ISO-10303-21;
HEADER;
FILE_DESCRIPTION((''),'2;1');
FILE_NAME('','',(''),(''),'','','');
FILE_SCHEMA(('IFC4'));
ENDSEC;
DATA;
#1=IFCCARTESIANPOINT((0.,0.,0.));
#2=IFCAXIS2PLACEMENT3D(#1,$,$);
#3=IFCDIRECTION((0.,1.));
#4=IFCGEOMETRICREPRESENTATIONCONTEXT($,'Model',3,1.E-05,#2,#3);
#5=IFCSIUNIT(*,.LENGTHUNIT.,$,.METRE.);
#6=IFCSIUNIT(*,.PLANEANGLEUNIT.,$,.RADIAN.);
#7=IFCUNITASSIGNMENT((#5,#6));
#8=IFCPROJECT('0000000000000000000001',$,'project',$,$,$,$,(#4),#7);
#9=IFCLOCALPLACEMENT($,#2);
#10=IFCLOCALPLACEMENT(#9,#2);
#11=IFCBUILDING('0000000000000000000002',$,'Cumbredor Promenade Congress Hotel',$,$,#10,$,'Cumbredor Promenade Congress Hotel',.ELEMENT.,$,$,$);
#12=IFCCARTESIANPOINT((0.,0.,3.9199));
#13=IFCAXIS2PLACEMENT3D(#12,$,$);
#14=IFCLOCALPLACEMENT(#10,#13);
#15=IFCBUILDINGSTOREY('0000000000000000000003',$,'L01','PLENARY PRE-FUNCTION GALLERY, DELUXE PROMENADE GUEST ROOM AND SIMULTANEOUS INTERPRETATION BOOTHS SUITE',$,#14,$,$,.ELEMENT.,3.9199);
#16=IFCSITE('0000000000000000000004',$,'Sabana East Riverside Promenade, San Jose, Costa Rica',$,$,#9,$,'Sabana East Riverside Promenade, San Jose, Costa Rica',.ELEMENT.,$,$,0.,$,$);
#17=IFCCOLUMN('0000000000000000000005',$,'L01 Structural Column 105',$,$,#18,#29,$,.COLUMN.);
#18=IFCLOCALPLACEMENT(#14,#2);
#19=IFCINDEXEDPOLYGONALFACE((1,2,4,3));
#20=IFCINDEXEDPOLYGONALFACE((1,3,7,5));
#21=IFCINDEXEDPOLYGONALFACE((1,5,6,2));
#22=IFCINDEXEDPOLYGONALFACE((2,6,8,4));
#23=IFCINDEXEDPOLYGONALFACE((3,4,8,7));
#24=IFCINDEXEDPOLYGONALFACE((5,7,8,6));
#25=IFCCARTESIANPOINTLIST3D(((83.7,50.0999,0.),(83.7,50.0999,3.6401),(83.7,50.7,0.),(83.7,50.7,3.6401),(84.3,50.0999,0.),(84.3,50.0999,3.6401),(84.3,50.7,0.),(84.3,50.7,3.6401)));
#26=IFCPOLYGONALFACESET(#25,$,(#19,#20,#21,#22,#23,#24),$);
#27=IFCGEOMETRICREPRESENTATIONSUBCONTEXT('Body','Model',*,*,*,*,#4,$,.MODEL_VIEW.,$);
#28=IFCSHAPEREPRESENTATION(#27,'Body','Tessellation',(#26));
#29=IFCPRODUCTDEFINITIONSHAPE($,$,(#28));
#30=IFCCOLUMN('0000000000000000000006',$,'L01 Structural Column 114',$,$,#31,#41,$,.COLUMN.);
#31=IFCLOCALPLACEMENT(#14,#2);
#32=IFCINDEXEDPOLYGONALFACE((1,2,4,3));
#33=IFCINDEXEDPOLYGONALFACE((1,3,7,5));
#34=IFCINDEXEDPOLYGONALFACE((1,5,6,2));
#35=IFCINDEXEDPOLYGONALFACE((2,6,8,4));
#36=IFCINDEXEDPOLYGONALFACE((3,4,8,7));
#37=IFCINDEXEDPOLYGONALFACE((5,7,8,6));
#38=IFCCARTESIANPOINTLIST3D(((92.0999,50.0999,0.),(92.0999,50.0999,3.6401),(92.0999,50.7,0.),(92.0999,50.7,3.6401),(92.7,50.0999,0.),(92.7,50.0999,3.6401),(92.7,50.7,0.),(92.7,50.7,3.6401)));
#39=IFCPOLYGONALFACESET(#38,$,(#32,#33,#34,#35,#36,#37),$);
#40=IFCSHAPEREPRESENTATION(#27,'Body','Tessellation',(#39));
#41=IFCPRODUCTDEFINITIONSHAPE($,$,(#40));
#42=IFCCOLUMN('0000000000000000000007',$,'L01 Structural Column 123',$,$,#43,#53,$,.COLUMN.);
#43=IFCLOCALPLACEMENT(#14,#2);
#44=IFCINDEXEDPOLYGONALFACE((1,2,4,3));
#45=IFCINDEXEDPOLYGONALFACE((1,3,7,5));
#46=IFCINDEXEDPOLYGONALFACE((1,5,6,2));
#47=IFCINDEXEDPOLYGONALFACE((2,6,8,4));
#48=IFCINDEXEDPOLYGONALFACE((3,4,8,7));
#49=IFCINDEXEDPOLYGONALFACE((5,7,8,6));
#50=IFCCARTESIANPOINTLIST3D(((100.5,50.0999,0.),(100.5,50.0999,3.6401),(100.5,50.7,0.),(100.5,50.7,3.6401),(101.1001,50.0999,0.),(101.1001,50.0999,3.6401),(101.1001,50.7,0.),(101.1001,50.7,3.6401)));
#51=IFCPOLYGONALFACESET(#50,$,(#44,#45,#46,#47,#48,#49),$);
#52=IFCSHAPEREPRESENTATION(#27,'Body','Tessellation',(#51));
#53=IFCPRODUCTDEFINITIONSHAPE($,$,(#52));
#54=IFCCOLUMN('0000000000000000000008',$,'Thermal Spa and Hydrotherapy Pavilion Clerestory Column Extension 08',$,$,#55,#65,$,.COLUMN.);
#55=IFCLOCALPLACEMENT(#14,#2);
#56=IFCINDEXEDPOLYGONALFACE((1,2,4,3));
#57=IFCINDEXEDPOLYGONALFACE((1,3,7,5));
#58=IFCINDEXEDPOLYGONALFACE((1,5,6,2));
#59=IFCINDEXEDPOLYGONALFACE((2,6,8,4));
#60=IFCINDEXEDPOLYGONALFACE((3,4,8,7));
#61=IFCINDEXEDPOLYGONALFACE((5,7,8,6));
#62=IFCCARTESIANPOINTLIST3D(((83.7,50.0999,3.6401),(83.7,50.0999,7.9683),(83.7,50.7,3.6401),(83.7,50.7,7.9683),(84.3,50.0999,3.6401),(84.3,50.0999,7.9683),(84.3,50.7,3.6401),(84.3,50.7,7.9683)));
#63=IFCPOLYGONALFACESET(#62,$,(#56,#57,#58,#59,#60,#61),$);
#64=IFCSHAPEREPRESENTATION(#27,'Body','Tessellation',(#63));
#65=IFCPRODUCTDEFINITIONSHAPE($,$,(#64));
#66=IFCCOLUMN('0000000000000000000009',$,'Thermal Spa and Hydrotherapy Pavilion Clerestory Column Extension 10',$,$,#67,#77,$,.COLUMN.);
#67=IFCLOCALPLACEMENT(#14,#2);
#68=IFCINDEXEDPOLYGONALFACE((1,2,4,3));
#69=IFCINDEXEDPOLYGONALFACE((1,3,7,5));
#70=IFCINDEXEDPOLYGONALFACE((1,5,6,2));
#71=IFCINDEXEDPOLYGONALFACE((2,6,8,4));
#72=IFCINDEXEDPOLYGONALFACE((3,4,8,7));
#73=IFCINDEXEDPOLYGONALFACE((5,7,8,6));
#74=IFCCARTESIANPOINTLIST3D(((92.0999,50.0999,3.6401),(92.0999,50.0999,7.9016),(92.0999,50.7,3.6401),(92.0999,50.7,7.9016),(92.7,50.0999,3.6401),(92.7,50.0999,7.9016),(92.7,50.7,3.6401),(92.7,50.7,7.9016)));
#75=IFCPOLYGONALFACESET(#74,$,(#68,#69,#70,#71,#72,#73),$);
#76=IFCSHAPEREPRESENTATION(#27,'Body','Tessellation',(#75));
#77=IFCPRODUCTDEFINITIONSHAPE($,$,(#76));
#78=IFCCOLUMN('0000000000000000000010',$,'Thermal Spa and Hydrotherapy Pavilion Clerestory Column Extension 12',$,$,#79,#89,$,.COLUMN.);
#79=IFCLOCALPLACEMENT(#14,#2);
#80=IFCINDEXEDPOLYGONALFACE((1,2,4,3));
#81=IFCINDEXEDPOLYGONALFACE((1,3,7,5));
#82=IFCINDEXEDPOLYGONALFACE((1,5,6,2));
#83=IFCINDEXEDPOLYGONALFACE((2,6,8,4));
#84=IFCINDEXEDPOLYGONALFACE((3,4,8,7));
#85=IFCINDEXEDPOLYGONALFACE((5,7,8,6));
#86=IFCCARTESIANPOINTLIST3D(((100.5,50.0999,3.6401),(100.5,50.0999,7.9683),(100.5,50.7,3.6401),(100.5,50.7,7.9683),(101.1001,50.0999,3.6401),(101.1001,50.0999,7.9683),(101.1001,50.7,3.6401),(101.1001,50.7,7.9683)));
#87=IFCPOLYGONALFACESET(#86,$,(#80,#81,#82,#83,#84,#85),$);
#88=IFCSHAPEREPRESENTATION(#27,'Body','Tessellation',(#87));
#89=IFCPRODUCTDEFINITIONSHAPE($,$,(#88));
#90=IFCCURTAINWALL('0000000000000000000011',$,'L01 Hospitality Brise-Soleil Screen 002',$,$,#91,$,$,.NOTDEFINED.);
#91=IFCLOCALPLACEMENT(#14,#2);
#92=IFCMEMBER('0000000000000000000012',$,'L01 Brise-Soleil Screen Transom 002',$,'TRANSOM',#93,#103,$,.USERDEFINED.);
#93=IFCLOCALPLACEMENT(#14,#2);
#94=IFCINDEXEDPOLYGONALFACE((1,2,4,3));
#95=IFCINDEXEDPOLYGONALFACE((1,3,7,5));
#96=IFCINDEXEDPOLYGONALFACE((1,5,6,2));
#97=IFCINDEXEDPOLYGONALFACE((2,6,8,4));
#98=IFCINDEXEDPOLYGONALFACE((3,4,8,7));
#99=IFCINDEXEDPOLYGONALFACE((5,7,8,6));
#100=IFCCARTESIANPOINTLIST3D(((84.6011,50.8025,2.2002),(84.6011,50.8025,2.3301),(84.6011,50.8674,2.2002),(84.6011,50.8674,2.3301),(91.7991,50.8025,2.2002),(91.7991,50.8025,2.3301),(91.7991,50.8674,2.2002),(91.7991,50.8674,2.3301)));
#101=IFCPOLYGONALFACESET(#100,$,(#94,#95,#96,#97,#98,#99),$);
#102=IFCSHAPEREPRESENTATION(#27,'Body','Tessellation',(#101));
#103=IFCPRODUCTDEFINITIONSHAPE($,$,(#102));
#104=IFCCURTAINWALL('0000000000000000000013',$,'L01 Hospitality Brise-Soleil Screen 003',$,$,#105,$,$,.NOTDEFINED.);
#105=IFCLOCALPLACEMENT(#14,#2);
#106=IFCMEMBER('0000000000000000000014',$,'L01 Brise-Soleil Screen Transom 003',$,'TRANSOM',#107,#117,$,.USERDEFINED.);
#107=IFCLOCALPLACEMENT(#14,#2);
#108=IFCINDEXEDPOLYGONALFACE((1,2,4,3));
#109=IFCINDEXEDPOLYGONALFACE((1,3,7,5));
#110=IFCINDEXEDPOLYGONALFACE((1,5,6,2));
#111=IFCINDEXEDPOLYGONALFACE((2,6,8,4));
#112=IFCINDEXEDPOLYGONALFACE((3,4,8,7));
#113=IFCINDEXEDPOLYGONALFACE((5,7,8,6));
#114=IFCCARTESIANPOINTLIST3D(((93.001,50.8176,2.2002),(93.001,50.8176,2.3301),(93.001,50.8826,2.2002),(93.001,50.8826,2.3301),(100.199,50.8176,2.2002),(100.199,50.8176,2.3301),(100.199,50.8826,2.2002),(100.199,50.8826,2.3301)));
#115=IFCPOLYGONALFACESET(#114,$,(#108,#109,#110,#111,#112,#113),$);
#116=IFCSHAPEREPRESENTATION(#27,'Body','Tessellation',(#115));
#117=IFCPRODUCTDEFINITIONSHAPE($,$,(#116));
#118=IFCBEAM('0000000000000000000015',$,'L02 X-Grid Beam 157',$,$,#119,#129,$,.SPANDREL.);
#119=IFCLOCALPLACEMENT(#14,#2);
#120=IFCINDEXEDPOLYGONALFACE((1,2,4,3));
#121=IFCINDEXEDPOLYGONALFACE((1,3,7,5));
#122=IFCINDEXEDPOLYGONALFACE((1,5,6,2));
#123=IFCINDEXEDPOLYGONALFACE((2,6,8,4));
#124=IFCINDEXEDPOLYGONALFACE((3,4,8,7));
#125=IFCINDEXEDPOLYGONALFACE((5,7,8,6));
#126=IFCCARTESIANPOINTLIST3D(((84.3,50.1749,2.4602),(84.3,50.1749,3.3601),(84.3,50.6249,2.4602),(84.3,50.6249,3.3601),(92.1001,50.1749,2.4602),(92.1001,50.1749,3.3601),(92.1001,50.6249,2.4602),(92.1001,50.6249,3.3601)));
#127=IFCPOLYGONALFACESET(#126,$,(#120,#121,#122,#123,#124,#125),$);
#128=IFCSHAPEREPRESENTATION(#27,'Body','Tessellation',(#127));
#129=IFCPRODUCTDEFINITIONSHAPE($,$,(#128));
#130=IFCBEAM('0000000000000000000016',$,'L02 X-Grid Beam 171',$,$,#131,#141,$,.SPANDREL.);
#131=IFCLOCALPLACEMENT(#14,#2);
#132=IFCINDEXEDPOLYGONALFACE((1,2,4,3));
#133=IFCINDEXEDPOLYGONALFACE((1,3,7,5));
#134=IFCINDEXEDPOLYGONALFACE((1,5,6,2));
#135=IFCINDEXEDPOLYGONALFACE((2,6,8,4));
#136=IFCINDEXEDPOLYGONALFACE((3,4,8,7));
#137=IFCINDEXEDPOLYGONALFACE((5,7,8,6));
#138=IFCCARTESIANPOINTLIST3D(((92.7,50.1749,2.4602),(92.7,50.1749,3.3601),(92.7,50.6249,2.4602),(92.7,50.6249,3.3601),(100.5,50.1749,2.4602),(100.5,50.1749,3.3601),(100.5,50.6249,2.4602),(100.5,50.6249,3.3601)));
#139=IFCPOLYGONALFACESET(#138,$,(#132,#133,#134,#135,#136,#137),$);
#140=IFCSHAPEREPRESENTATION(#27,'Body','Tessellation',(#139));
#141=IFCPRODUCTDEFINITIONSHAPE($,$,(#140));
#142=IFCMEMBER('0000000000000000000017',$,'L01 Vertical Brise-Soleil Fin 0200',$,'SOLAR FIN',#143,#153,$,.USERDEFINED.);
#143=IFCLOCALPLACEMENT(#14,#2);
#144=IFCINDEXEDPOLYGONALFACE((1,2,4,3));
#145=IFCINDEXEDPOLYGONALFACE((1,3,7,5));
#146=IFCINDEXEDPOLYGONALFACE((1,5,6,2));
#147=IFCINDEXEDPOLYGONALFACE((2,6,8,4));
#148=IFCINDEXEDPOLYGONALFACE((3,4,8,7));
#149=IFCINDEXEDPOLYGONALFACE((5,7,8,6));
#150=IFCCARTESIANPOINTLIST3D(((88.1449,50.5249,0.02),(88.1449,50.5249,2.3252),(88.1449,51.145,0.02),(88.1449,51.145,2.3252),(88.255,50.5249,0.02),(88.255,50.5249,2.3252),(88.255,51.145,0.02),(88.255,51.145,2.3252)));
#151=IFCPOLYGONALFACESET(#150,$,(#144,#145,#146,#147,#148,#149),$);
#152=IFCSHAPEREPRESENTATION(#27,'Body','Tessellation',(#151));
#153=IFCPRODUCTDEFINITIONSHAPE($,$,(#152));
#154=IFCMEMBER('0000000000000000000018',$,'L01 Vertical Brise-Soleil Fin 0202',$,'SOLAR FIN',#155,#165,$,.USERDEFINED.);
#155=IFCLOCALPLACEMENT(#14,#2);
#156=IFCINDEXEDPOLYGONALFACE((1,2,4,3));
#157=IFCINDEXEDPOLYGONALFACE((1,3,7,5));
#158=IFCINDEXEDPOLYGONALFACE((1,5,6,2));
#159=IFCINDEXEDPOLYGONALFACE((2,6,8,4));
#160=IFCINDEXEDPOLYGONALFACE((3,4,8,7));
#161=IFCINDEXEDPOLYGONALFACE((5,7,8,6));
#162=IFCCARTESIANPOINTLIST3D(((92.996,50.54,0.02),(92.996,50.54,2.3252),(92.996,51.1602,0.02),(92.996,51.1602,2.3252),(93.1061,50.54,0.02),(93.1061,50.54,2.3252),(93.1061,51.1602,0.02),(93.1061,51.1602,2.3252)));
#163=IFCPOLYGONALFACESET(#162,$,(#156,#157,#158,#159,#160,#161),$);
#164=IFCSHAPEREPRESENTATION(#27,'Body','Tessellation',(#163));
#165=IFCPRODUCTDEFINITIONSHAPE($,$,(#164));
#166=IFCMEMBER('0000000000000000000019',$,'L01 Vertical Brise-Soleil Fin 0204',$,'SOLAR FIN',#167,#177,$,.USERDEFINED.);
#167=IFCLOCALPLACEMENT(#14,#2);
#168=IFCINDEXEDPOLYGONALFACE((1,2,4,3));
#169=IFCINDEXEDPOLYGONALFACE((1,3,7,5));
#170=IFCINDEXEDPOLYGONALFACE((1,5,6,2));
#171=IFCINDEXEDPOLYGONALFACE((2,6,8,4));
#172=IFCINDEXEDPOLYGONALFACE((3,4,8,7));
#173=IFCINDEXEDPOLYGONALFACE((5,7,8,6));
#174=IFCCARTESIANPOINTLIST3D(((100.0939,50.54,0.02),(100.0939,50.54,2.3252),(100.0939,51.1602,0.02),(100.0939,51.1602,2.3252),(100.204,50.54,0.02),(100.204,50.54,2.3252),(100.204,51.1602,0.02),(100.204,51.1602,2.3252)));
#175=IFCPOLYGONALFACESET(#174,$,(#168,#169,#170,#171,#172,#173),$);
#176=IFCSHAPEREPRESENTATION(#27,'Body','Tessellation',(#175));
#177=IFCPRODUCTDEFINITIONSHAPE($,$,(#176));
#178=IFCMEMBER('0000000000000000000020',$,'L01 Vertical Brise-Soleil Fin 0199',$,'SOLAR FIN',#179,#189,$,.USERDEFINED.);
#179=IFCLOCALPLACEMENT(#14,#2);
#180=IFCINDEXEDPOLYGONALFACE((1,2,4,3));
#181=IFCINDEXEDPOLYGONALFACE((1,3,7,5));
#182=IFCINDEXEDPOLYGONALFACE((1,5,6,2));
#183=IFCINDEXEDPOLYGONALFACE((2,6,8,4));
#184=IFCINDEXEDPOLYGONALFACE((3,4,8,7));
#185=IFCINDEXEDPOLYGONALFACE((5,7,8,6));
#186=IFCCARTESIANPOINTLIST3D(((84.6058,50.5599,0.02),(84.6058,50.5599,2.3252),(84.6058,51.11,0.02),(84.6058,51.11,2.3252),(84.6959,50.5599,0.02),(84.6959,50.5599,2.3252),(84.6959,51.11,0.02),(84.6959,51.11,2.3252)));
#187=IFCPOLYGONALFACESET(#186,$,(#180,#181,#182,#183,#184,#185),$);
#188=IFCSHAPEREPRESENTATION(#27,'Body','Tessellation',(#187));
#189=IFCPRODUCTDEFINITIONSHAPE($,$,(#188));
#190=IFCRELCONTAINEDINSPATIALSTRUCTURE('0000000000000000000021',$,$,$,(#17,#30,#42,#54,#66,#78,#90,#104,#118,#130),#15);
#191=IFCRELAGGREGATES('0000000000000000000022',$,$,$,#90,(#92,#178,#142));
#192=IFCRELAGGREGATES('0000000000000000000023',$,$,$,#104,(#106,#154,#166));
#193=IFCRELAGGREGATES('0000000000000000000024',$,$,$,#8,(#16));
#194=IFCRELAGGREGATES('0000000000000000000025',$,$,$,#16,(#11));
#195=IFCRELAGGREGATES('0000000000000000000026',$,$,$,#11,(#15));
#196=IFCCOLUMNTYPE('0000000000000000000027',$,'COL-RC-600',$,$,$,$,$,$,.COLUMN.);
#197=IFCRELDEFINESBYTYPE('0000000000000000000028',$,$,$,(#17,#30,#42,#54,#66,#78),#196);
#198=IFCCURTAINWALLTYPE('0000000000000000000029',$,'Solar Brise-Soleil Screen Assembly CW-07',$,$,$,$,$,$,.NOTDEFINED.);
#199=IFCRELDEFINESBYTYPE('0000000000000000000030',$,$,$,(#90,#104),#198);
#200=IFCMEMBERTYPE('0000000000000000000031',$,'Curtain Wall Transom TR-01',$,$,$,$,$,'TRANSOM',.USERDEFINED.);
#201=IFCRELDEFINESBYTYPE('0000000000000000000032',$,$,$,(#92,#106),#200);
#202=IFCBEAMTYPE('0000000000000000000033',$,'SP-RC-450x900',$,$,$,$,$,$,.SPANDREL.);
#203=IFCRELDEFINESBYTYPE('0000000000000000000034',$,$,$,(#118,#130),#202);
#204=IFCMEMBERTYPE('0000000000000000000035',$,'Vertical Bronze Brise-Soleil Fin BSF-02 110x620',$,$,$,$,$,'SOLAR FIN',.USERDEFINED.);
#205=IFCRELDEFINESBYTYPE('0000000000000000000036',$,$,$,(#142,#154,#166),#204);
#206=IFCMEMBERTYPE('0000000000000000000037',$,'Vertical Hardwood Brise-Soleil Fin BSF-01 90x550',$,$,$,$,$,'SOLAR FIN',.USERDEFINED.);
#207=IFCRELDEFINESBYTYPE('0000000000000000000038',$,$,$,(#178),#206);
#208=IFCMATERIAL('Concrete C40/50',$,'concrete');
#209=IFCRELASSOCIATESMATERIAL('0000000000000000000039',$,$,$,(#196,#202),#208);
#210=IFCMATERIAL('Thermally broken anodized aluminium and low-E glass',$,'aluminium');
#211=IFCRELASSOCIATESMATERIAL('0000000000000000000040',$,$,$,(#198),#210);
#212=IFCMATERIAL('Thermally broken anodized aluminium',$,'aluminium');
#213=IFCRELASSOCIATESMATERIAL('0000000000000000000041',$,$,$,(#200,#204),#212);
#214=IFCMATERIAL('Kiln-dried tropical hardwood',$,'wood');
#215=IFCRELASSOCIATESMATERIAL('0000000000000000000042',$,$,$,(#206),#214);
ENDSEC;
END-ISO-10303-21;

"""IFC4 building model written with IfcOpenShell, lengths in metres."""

from ifc_helpers import new_model, si_unit, direction, frame, origin, origin_2d, place, context, subcontext, project, spatial, rectangle, extrude, material, material_profile, profile_set, type_object, element, aggregate, save


model = new_model("IFC4")

# Units and contexts
model_context = context("Model", 3, precision=1e-05, world=origin(), true_north=direction((0.0, 1.0)))
body_context = subcontext(model_context, "Body", "Model", "MODEL_VIEW")
ifc_project = project(units=[si_unit("LENGTHUNIT", "METRE"), si_unit("PLANEANGLEUNIT", "RADIAN")], contexts=[model_context])

# Site, building, storey
site_placement = place(None, origin())
site = spatial("IfcSite", under=ifc_project, at=site_placement, Name="Sabana East Riverside Promenade, San Jose, Costa Rica", LongName="Sabana East Riverside Promenade, San Jose, Costa Rica", CompositionType="ELEMENT", RefElevation=0.0)
building_placement = place(site_placement, origin())
building = spatial("IfcBuilding", under=site, at=building_placement, Name="Cumbredor Promenade Congress Hotel", LongName="Cumbredor Promenade Congress Hotel", CompositionType="ELEMENT")
storey_placement = place(building_placement, frame((0.0, 0.0, 3.9199)))
storey = spatial("IfcBuildingStorey", under=building, at=storey_placement, Name="L01", Description="PLENARY PRE-FUNCTION GALLERY, DELUXE PROMENADE GUEST ROOM AND SIMULTANEOUS INTERPRETATION BOOTHS SUITE", CompositionType="ELEMENT", Elevation=3.9199)

# Columns
ifc_material_1 = material(Name="Concrete C40/50", Category="concrete")
ifc_material_profile_1 = material_profile(ifc_material_1, rectangle(XDim=0.6001, YDim=0.6001, at=origin_2d()), Name="RC 600x600")
ifc_profile_set_1 = profile_set([ifc_material_profile_1], Name="Concrete C40/50")
column_type = type_object("IfcColumnType", Name="COL-RC-600", PredefinedType="COLUMN", material=ifc_profile_set_1)
for number, where, z_axis, x_axis, name in (
    (1, (84.0, 50.3999, 0.0), (0.0, 0.0, 1.0), (1.0, 0.0, 0.0), "L01 Structural Column 105"),
    (2, (92.3999, 50.3999, 0.0), (0.0, 0.0, 1.0), (1.0, 0.0, 0.0), "L01 Structural Column 114"),
    (3, (100.8, 50.3999, 0.0), (0.0, 0.0, 1.0), (1.0, 0.0, 0.0), "L01 Structural Column 123"),
):
    element("IfcColumn", number, at=place(storey_placement, frame(where, z_axis=z_axis, x_axis=x_axis)), inside=storey, type_object=column_type, Name=name, PredefinedType="COLUMN", context=body_context, shape_type="SweptSolid", body=[
        extrude(rectangle(XDim=0.6001, YDim=0.6001, at=origin_2d()), origin(), (0.0, 0.0, 1.0), 3.6401),
    ])
column_1_placement = place(storey_placement, frame((84.0, 50.3999, 3.6401), z_axis=(0.0, 0.0, 1.0), x_axis=(1.0, 0.0, 0.0)))
element("IfcColumn", 4, at=column_1_placement, inside=storey, type_object=column_type, Name="Thermal Spa and Hydrotherapy Pavilion Clerestory Column Extension 08", PredefinedType="COLUMN", context=body_context, shape_type="SweptSolid", body=[
    extrude(rectangle(XDim=0.6001, YDim=0.6001, at=origin_2d()), origin(), (0.0, 0.0, 1.0), 4.3281),
])
column_2_placement = place(storey_placement, frame((92.3999, 50.3999, 3.6401), z_axis=(0.0, 0.0, 1.0), x_axis=(1.0, 0.0, 0.0)))
element("IfcColumn", 5, at=column_2_placement, inside=storey, type_object=column_type, Name="Thermal Spa and Hydrotherapy Pavilion Clerestory Column Extension 10", PredefinedType="COLUMN", context=body_context, shape_type="SweptSolid", body=[
    extrude(rectangle(XDim=0.6001, YDim=0.6001, at=origin_2d()), origin(), (0.0, 0.0, 1.0), 4.2615),
])
column_3_placement = place(storey_placement, frame((100.8, 50.3999, 3.6401), z_axis=(0.0, 0.0, 1.0), x_axis=(1.0, 0.0, 0.0)))
element("IfcColumn", 6, at=column_3_placement, inside=storey, type_object=column_type, Name="Thermal Spa and Hydrotherapy Pavilion Clerestory Column Extension 12", PredefinedType="COLUMN", context=body_context, shape_type="SweptSolid", body=[
    extrude(rectangle(XDim=0.6001, YDim=0.6001, at=origin_2d()), origin(), (0.0, 0.0, 1.0), 4.3281),
])

# Curtain walls, members
ifc_material_2 = material(Name="Thermally broken anodized aluminium and low-E glass", Category="aluminium")
curtain_wall_type = type_object("IfcCurtainWallType", Name="Solar Brise-Soleil Screen Assembly CW-07", PredefinedType="NOTDEFINED", material=ifc_material_2)
curtain_wall_1_placement = place(storey_placement, origin())
curtain_wall_1 = element("IfcCurtainWall", 7, at=curtain_wall_1_placement, inside=storey, type_object=curtain_wall_type, Name="L01 Hospitality Brise-Soleil Screen 002", PredefinedType="NOTDEFINED")
ifc_material_3 = material(Name="Thermally broken anodized aluminium", Category="aluminium")
ifc_material_profile_2 = material_profile(ifc_material_3, rectangle(XDim=0.0649, YDim=0.1299, at=origin_2d()), Name="ALU TRANSOM 65x130")
ifc_profile_set_2 = profile_set([ifc_material_profile_2], Name="Thermally broken anodized aluminium")
member_type_1 = type_object("IfcMemberType", Name="Curtain Wall Transom TR-01", ElementType="TRANSOM", PredefinedType="USERDEFINED", material=ifc_profile_set_2)
member_1_placement = place(storey_placement, frame((84.6011, 50.835, 2.2651), z_axis=(1.0, 0.0, 0.0), x_axis=(0.0, 1.0, 0.0)))
member_1 = element("IfcMember", 8, at=member_1_placement, type_object=member_type_1, Name="L01 Brise-Soleil Screen Transom 002", ObjectType="TRANSOM", PredefinedType="USERDEFINED", context=body_context, shape_type="SweptSolid", body=[
    extrude(rectangle(XDim=0.0649, YDim=0.1299, at=origin_2d()), origin(), (0.0, 0.0, 1.0), 7.198),
])
curtain_wall_2_placement = place(storey_placement, origin())
curtain_wall_2 = element("IfcCurtainWall", 9, at=curtain_wall_2_placement, inside=storey, type_object=curtain_wall_type, Name="L01 Hospitality Brise-Soleil Screen 003", PredefinedType="NOTDEFINED")
member_2_placement = place(storey_placement, frame((93.001, 50.8501, 2.2651), z_axis=(1.0, 0.0, 0.0), x_axis=(0.0, 1.0, 0.0)))
member_2 = element("IfcMember", 10, at=member_2_placement, type_object=member_type_1, Name="L01 Brise-Soleil Screen Transom 003", ObjectType="TRANSOM", PredefinedType="USERDEFINED", context=body_context, shape_type="SweptSolid", body=[
    extrude(rectangle(XDim=0.0649, YDim=0.1299, at=origin_2d()), origin(), (0.0, 0.0, 1.0), 7.198),
])

# Beams
ifc_material_profile_3 = material_profile(ifc_material_1, rectangle(XDim=0.45, YDim=0.8999, at=origin_2d()), Name="RC SPANDREL 450x900")
ifc_profile_set_3 = profile_set([ifc_material_profile_3], Name="Concrete C40/50")
beam_type = type_object("IfcBeamType", Name="SP-RC-450x900", PredefinedType="SPANDREL", material=ifc_profile_set_3)
for number, where, z_axis, x_axis, name in (
    (11, (84.3, 50.3999, 2.9102), (1.0, 0.0, 0.0), (0.0, 1.0, 0.0), "L02 X-Grid Beam 157"),
    (12, (92.7, 50.3999, 2.9102), (1.0, 0.0, 0.0), (0.0, 1.0, 0.0), "L02 X-Grid Beam 171"),
):
    element("IfcBeam", number, at=place(storey_placement, frame(where, z_axis=z_axis, x_axis=x_axis)), inside=storey, type_object=beam_type, Name=name, PredefinedType="SPANDREL", context=body_context, shape_type="SweptSolid", body=[
        extrude(rectangle(XDim=0.45, YDim=0.8999, at=origin_2d()), origin(), (0.0, 0.0, 1.0), 7.8),
    ])

# Members
ifc_material_profile_4 = material_profile(ifc_material_3, rectangle(XDim=0.1101, YDim=0.6201, at=origin_2d()), Name="ARCH FIN 110x620")
ifc_profile_set_4 = profile_set([ifc_material_profile_4], Name="Thermally broken anodized aluminium")
member_type_2 = type_object("IfcMemberType", Name="Vertical Bronze Brise-Soleil Fin BSF-02 110x620", ElementType="SOLAR FIN", PredefinedType="USERDEFINED", material=ifc_profile_set_4)
member_3_placement = place(storey_placement, frame((88.2, 50.835, 0.02), z_axis=(0.0, 0.0, 1.0), x_axis=(1.0, 0.0, 0.0)))
member_3 = element("IfcMember", 13, at=member_3_placement, type_object=member_type_2, Name="L01 Vertical Brise-Soleil Fin 0200", ObjectType="SOLAR FIN", PredefinedType="USERDEFINED", context=body_context, shape_type="SweptSolid", body=[
    extrude(rectangle(XDim=0.1101, YDim=0.6201, at=origin_2d()), origin(), (0.0, 0.0, 1.0), 2.3052),
])
member_4_placement = place(storey_placement, frame((93.051, 50.8501, 0.02), z_axis=(0.0, 0.0, 1.0), x_axis=(1.0, 0.0, 0.0)))
member_4 = element("IfcMember", 14, at=member_4_placement, type_object=member_type_2, Name="L01 Vertical Brise-Soleil Fin 0202", ObjectType="SOLAR FIN", PredefinedType="USERDEFINED", context=body_context, shape_type="SweptSolid", body=[
    extrude(rectangle(XDim=0.1101, YDim=0.6201, at=origin_2d()), origin(), (0.0, 0.0, 1.0), 2.3052),
])
member_5_placement = place(storey_placement, frame((100.1489, 50.8501, 0.02), z_axis=(0.0, 0.0, 1.0), x_axis=(1.0, 0.0, 0.0)))
member_5 = element("IfcMember", 15, at=member_5_placement, type_object=member_type_2, Name="L01 Vertical Brise-Soleil Fin 0204", ObjectType="SOLAR FIN", PredefinedType="USERDEFINED", context=body_context, shape_type="SweptSolid", body=[
    extrude(rectangle(XDim=0.1101, YDim=0.6201, at=origin_2d()), origin(), (0.0, 0.0, 1.0), 2.3052),
])
ifc_material_4 = material(Name="Kiln-dried tropical hardwood", Category="wood")
ifc_material_profile_5 = material_profile(ifc_material_4, rectangle(XDim=0.0901, YDim=0.55, at=origin_2d()), Name="ARCH FIN 90x550")
ifc_profile_set_5 = profile_set([ifc_material_profile_5], Name="Kiln-dried tropical hardwood")
member_type_3 = type_object("IfcMemberType", Name="Vertical Hardwood Brise-Soleil Fin BSF-01 90x550", ElementType="SOLAR FIN", PredefinedType="USERDEFINED", material=ifc_profile_set_5)
member_6_placement = place(storey_placement, frame((84.6509, 50.835, 0.02), z_axis=(0.0, 0.0, 1.0), x_axis=(1.0, 0.0, 0.0)))
member_6 = element("IfcMember", 16, at=member_6_placement, type_object=member_type_3, Name="L01 Vertical Brise-Soleil Fin 0199", ObjectType="SOLAR FIN", PredefinedType="USERDEFINED", context=body_context, shape_type="SweptSolid", body=[
    extrude(rectangle(XDim=0.0901, YDim=0.55, at=origin_2d()), origin(), (0.0, 0.0, 1.0), 2.3052),
])

aggregate(curtain_wall_1, [member_1, member_6, member_3])
aggregate(curtain_wall_2, [member_2, member_4, member_5])

save(model, "model.ifc")
